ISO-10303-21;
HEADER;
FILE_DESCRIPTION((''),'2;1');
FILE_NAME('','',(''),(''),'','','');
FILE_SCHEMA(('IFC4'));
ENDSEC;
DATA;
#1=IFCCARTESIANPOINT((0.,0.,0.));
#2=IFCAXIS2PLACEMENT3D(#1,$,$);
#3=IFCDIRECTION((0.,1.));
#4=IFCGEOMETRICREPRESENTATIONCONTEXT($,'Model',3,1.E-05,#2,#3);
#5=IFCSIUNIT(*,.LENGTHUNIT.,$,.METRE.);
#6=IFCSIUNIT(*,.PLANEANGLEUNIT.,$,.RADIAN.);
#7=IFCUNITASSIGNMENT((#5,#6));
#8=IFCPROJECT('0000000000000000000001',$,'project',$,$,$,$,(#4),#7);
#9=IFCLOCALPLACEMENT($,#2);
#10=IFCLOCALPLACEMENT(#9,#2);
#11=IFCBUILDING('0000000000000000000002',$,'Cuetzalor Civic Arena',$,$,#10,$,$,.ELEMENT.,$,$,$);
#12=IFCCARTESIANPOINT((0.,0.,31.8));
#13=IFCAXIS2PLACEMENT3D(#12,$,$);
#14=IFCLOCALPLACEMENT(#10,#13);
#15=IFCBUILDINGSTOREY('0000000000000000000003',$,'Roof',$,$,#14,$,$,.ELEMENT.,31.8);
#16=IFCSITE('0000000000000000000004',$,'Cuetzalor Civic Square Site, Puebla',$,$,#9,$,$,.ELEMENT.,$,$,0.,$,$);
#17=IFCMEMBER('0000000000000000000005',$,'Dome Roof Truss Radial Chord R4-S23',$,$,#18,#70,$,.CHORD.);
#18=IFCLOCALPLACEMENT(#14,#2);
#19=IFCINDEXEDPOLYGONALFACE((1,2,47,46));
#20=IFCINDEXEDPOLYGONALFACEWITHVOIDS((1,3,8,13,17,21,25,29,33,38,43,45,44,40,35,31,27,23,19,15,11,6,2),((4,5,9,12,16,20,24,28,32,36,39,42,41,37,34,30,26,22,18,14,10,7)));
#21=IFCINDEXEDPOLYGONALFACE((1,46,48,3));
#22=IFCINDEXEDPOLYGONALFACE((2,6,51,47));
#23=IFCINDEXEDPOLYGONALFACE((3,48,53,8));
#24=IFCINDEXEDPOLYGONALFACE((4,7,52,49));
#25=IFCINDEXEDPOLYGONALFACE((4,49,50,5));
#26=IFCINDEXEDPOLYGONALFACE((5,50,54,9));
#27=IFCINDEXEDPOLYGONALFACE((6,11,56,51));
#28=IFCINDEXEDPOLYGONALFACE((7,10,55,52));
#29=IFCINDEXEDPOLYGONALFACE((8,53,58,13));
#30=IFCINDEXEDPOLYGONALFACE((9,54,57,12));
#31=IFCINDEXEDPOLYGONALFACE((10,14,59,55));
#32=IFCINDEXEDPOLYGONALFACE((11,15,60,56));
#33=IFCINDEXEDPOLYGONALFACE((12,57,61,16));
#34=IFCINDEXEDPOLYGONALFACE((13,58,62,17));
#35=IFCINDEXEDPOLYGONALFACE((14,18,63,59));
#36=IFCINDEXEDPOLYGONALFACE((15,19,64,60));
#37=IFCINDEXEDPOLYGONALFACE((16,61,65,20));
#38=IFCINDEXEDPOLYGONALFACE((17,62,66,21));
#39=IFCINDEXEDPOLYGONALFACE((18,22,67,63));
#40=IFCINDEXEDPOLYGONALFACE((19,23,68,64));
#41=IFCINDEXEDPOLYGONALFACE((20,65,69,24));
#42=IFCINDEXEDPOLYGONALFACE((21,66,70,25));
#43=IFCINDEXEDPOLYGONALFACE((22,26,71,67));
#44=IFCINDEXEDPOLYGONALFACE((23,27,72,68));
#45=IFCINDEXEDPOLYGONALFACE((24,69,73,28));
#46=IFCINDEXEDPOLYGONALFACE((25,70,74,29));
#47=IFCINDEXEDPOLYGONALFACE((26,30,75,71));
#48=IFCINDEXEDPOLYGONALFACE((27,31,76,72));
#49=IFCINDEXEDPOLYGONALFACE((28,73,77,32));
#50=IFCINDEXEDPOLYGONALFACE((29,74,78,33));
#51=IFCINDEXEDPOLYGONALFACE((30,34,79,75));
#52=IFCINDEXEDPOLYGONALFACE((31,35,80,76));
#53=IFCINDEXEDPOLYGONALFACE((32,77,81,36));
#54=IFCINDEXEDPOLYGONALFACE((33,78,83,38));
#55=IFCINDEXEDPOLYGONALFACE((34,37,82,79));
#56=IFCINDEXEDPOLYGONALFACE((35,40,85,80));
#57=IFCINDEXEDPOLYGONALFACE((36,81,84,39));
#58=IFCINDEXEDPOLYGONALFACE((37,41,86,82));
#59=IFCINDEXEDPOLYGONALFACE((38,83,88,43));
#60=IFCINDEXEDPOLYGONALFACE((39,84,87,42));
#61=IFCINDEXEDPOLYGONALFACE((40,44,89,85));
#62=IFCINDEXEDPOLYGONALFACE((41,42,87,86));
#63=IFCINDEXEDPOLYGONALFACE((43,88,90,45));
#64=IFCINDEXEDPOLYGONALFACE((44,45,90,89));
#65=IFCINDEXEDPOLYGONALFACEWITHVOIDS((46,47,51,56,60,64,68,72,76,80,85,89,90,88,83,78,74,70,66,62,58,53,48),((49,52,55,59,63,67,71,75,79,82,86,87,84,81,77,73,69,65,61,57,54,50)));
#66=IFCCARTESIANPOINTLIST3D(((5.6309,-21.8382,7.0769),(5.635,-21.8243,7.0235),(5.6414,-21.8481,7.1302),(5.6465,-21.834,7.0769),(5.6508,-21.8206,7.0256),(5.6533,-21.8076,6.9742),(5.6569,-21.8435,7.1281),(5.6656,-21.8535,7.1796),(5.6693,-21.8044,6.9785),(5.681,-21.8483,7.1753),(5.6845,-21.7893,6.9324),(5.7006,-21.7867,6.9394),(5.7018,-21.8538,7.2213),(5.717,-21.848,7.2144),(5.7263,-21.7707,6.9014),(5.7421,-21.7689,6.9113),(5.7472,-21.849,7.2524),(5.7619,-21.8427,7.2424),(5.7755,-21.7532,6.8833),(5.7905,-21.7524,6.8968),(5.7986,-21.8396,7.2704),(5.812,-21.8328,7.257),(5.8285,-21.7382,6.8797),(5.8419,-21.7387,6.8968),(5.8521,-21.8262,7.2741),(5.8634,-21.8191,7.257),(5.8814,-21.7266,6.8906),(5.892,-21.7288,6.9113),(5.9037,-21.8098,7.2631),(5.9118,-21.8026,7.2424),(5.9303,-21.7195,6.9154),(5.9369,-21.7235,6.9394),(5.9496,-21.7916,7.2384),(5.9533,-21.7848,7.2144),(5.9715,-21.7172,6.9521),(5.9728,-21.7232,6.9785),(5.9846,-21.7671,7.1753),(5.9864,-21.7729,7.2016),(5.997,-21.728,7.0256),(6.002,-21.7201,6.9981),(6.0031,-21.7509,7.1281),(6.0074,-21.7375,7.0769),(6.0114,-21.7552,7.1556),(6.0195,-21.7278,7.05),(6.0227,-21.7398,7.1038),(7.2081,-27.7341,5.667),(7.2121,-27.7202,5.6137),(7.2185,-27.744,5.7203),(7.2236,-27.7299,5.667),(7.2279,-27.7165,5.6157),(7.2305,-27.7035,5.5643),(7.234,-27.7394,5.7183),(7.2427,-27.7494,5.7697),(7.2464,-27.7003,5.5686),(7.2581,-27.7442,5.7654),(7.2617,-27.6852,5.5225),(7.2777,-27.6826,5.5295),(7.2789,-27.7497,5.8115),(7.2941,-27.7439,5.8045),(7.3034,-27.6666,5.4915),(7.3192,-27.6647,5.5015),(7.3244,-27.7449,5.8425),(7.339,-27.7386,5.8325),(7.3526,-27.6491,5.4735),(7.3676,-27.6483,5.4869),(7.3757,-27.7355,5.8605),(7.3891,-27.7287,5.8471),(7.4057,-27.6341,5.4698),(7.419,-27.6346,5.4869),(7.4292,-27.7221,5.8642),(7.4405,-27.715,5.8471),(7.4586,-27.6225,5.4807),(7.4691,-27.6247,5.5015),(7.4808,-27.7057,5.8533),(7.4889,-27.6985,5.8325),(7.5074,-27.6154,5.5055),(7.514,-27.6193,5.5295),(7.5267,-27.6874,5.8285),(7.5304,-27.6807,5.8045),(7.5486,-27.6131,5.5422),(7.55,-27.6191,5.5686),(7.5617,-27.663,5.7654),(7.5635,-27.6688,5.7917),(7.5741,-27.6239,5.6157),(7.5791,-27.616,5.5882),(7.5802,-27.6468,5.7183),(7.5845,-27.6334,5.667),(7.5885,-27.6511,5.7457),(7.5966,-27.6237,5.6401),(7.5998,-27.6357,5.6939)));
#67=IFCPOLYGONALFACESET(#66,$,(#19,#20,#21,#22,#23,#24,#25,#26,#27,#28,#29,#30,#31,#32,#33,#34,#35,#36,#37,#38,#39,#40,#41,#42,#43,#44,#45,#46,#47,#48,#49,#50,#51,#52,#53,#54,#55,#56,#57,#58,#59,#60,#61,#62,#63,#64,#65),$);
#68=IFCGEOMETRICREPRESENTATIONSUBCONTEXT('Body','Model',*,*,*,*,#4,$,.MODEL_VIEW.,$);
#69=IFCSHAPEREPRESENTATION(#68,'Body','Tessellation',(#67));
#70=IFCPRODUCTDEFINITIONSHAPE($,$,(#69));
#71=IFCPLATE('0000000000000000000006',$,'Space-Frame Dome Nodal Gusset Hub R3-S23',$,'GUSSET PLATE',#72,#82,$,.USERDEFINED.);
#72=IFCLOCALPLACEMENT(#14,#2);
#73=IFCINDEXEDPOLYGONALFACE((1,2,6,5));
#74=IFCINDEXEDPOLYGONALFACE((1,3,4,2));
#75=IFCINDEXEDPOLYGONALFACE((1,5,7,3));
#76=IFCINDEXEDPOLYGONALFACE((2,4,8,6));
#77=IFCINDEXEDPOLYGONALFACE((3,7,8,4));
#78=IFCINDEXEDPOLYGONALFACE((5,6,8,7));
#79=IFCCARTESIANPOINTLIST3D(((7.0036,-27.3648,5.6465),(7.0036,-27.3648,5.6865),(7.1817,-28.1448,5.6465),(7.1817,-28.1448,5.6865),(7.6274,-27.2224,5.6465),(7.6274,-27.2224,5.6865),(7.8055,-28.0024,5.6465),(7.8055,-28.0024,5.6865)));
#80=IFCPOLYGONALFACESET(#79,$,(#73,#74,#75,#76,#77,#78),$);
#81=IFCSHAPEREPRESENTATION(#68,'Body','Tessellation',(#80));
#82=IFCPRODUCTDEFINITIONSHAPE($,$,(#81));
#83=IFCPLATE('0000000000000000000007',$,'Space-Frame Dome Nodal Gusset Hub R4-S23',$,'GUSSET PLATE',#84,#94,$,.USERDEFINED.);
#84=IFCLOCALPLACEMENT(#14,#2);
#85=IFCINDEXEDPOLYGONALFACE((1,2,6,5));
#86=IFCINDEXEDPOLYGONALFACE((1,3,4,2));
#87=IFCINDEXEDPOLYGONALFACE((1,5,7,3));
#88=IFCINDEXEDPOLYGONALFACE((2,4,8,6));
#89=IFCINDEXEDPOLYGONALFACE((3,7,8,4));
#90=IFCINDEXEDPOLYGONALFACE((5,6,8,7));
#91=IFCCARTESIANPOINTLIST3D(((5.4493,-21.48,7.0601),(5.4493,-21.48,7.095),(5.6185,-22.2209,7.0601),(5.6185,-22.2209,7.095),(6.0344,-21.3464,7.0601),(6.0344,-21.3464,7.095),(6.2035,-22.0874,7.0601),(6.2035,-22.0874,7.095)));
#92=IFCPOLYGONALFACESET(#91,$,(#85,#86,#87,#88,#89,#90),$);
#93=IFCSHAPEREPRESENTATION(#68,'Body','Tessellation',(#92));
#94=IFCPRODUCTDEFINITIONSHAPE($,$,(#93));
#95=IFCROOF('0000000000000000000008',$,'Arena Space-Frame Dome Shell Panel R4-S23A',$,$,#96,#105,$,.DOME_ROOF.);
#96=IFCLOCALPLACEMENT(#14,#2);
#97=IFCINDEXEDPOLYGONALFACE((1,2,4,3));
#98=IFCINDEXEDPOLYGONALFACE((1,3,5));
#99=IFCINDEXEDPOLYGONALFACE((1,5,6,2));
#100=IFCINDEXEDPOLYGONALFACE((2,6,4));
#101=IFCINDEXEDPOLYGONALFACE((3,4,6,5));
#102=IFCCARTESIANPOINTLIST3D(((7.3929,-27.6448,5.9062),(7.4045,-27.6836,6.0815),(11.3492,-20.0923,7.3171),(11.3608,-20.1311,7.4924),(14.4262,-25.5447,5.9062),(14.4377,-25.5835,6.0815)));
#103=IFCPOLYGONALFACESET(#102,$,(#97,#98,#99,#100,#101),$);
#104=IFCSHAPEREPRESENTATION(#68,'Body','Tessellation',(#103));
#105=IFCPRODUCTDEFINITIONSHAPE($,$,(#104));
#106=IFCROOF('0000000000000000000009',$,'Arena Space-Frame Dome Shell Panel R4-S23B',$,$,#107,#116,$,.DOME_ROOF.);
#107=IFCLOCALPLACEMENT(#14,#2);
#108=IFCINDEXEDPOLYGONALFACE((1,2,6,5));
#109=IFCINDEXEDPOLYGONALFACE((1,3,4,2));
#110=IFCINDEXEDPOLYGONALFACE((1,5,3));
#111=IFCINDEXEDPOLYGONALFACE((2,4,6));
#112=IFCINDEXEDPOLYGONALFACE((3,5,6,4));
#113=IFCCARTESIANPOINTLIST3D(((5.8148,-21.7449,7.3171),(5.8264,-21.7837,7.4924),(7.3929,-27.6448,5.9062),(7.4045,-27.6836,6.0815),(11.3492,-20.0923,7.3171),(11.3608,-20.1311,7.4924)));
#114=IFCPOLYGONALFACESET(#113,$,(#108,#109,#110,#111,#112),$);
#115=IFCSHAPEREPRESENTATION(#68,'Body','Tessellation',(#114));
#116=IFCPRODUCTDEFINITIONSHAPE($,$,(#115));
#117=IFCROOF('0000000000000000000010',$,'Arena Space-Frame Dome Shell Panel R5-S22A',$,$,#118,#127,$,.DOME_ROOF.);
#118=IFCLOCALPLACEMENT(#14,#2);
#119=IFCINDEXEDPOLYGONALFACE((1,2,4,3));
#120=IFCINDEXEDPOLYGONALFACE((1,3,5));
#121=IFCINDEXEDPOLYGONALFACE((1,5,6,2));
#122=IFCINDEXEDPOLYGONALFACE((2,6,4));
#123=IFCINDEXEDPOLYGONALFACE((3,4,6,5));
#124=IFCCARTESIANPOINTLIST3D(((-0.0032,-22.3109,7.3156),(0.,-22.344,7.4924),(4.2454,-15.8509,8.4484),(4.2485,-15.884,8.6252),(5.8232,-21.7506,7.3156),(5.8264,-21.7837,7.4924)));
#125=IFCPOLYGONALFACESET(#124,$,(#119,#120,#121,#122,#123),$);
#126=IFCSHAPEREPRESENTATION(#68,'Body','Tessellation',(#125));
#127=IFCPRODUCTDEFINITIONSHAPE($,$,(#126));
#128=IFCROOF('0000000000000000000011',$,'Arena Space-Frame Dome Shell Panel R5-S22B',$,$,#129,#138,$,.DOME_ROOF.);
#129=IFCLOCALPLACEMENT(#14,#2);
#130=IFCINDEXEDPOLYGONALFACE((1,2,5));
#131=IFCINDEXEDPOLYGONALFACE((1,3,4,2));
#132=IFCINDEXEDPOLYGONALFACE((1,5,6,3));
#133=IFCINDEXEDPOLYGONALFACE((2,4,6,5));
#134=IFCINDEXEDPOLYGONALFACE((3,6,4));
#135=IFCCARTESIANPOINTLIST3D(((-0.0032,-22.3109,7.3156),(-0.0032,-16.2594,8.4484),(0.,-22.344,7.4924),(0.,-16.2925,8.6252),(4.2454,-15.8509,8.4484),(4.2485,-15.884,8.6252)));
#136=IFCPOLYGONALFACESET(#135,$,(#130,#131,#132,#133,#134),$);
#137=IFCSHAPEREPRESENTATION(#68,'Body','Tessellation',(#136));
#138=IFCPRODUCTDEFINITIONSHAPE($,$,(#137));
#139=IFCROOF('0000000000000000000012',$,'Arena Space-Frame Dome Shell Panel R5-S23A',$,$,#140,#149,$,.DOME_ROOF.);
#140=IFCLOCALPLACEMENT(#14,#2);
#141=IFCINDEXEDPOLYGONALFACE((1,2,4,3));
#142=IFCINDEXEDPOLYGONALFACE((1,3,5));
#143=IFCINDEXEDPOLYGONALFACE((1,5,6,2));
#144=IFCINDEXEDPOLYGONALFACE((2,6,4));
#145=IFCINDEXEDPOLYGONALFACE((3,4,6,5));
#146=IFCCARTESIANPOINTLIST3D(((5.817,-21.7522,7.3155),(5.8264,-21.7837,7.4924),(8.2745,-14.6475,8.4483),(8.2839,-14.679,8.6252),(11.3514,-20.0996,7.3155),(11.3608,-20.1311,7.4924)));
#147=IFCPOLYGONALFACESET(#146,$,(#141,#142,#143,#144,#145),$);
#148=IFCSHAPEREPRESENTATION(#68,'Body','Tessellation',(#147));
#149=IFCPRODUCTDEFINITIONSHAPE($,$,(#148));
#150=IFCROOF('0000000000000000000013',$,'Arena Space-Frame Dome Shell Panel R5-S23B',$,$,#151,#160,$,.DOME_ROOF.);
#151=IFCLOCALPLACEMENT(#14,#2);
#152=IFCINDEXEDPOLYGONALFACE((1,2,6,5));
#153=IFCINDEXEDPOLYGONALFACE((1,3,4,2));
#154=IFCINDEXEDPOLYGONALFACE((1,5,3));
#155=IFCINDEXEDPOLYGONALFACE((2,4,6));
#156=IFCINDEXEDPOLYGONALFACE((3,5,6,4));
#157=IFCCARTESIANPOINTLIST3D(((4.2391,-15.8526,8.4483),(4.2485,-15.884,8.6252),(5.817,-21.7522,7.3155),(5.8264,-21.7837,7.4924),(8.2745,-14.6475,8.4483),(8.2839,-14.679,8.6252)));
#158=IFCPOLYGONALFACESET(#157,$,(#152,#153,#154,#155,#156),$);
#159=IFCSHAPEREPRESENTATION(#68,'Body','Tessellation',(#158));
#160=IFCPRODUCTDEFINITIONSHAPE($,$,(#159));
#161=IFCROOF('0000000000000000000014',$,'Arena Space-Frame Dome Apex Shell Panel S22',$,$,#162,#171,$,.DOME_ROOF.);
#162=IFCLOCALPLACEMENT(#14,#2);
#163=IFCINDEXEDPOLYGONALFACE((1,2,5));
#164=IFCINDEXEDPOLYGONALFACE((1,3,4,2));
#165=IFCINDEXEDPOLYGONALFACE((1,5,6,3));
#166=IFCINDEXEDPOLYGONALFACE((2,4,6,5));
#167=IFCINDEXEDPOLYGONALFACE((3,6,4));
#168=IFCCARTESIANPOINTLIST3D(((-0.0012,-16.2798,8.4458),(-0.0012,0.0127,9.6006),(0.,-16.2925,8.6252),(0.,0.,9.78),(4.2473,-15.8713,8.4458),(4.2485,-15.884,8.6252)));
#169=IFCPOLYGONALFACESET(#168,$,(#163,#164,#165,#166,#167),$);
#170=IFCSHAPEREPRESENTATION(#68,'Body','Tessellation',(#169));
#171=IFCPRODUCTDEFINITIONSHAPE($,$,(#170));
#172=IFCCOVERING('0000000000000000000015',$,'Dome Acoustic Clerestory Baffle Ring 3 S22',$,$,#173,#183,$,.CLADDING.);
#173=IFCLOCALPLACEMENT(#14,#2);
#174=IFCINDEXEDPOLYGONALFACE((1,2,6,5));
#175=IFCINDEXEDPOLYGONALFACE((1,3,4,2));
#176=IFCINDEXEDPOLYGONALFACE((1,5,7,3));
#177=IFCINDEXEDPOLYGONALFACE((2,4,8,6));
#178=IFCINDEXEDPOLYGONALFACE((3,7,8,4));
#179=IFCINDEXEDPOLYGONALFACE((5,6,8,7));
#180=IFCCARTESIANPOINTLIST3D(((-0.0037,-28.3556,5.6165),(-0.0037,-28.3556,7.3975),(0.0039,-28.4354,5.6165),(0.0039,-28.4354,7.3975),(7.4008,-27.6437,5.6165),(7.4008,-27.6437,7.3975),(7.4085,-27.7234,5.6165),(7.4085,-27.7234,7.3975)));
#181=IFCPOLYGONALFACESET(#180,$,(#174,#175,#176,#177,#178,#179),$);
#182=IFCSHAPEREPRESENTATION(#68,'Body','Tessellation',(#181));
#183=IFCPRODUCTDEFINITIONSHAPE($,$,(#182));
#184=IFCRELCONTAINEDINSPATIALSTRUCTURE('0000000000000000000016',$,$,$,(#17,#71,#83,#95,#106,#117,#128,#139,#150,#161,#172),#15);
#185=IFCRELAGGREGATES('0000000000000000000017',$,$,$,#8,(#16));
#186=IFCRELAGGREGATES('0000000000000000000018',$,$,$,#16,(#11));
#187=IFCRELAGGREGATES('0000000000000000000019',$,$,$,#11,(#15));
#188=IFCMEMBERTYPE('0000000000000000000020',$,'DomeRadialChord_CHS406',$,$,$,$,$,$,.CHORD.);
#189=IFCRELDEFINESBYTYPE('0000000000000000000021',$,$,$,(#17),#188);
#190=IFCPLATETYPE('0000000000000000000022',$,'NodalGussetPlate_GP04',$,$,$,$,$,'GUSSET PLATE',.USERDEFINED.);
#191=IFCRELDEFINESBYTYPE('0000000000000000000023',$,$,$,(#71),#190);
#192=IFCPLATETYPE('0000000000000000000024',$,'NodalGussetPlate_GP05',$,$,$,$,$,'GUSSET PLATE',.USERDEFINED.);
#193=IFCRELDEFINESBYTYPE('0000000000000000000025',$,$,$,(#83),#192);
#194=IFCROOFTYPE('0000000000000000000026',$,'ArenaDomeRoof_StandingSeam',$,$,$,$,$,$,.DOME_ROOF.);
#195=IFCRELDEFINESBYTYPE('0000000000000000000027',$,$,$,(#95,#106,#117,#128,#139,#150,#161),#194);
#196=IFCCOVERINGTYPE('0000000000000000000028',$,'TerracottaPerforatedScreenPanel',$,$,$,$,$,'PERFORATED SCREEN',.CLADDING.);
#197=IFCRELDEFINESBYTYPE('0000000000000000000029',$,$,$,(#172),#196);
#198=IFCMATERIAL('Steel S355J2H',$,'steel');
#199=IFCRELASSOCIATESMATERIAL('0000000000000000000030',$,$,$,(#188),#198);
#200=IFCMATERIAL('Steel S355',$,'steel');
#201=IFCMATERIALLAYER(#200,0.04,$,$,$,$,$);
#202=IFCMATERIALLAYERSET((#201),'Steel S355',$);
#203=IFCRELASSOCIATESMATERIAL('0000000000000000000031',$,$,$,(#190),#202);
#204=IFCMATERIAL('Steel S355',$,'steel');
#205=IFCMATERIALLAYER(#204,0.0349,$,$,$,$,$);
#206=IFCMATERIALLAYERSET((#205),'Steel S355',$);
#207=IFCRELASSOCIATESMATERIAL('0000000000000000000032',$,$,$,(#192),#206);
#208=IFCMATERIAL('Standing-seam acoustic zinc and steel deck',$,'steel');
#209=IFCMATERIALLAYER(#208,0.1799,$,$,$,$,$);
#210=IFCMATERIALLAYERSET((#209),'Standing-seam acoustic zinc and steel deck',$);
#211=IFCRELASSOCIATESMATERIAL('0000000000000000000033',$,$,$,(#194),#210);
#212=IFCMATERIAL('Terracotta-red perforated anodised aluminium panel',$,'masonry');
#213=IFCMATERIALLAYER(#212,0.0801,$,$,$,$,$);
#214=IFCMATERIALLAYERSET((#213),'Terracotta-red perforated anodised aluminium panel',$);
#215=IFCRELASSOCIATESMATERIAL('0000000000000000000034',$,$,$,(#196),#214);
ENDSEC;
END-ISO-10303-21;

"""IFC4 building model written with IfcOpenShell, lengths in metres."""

from ifc_helpers import new_model, si_unit, direction, frame, frame_2d, origin, origin_2d, place, context, subcontext, project, spatial, polyline, rectangle, hollow_circle, outline, extrude, material, layer, layer_set, material_profile, profile_set, type_object, element, save


model = new_model("IFC4")

# Units and contexts
model_context = context("Model", 3, precision=1e-05, world=origin(), true_north=direction((0.0, 1.0)))
body_context = subcontext(model_context, "Body", "Model", "MODEL_VIEW")
ifc_project = project(units=[si_unit("LENGTHUNIT", "METRE"), si_unit("PLANEANGLEUNIT", "RADIAN")], contexts=[model_context])

# Site, building, storey
site_placement = place(None, origin())
site = spatial("IfcSite", under=ifc_project, at=site_placement, Name="Cuetzalor Civic Square Site, Puebla", CompositionType="ELEMENT", RefElevation=0.0)
building_placement = place(site_placement, origin())
building = spatial("IfcBuilding", under=site, at=building_placement, Name="Cuetzalor Civic Arena", CompositionType="ELEMENT")
storey_placement = place(building_placement, frame((0.0, 0.0, 31.8)))
storey = spatial("IfcBuildingStorey", under=building, at=storey_placement, Name="Roof", CompositionType="ELEMENT", Elevation=31.8)

# Member
ifc_material_1 = material(Name="Steel S355J2H", Category="steel")
ifc_material_profile_1 = material_profile(ifc_material_1, hollow_circle(Radius=0.2029, WallThickness=0.0161, at=origin_2d()), Name="CHS 406x16")
ifc_profile_set_1 = profile_set([ifc_material_profile_1], Name="Steel S355J2H")
member_type_1 = type_object("IfcMemberType", Name="DomeRadialChord_CHS406", PredefinedType="CHORD", material=ifc_profile_set_1)
member_1_placement = place(storey_placement, frame((7.4041, -27.6816, 5.667), z_axis=(-0.251779, 0.941247, 0.225081), x_axis=(-0.966035, -0.258409, 0.0)))
element("IfcMember", 1, at=member_1_placement, inside=storey, type_object=member_type_1, Name="Dome Roof Truss Radial Chord R4-S23", PredefinedType="CHORD", context=body_context, shape_type="SweptSolid", body=[
    extrude(hollow_circle(Radius=0.2029, WallThickness=0.0161, at=origin_2d()), origin(), (0.0, 0.0, 1.0), 6.2639),
])

# Plates
ifc_material_2 = material(Name="Steel S355", Category="steel")
ifc_layer_1 = layer(ifc_material_2, 0.04)
ifc_layer_set_1 = layer_set([ifc_layer_1], Name="Steel S355")
plate_type_1 = type_object("IfcPlateType", Name="NodalGussetPlate_GP04", ElementType="GUSSET PLATE", PredefinedType="USERDEFINED", material=ifc_layer_set_1)
plate_1_placement = place(storey_placement, frame((7.4045, -27.6836, 5.6465), z_axis=(0.0, 0.0, 1.0), x_axis=(0.22257, -0.974917, 0.0)))
element("IfcPlate", 2, at=plate_1_placement, inside=storey, type_object=plate_type_1, Name="Space-Frame Dome Nodal Gusset Hub R3-S23", ObjectType="GUSSET PLATE", PredefinedType="USERDEFINED", context=body_context, shape_type="SweptSolid", body=[
    extrude(rectangle(XDim=0.8, YDim=0.6399, at=origin_2d()), origin(), (0.0, 0.0, 1.0), 0.04),
])
ifc_material_3 = material(Name="Steel S355", Category="steel")
ifc_layer_2 = layer(ifc_material_3, 0.0349)
ifc_layer_set_2 = layer_set([ifc_layer_2], Name="Steel S355")
plate_type_2 = type_object("IfcPlateType", Name="NodalGussetPlate_GP05", ElementType="GUSSET PLATE", PredefinedType="USERDEFINED", material=ifc_layer_set_2)
plate_2_placement = place(storey_placement, frame((5.8264, -21.7837, 7.0601), z_axis=(0.0, 0.0, 1.0), x_axis=(0.22257, -0.974917, 0.0)))
element("IfcPlate", 3, at=plate_2_placement, inside=storey, type_object=plate_type_2, Name="Space-Frame Dome Nodal Gusset Hub R4-S23", ObjectType="GUSSET PLATE", PredefinedType="USERDEFINED", context=body_context, shape_type="SweptSolid", body=[
    extrude(rectangle(XDim=0.76, YDim=0.6001, at=origin_2d()), origin(), (0.0, 0.0, 1.0), 0.0349),
])

# Roofs
ifc_material_4 = material(Name="Standing-seam acoustic zinc and steel deck", Category="steel")
ifc_layer_3 = layer(ifc_material_4, 0.1799)
ifc_layer_set_3 = layer_set([ifc_layer_3], Name="Standing-seam acoustic zinc and steel deck")
roof_type = type_object("IfcRoofType", Name="ArenaDomeRoof_StandingSeam", PredefinedType="DOME_ROOF", material=ifc_layer_set_3)
roof_1_placement = place(storey_placement, frame((7.4045, -27.6836, 6.0815), z_axis=(0.064426, -0.215762, 0.974318), x_axis=(0.958195, 0.286115, 0.0)))
element("IfcRoof", 4, at=roof_1_placement, inside=storey, type_object=roof_type, Name="Arena Space-Frame Dome Shell Panel R4-S23A", PredefinedType="DOME_ROOF", context=body_context, shape_type="SweptSolid", body=[
    extrude(outline(polyline([(0.0, 0.0), (7.3401, 0.0), (5.9518, 6.2657), (0.0, 0.0)])), origin(), (0.0, 0.0, -1.0), 0.1799),
])
roof_2_placement = place(storey_placement, frame((7.4045, -27.6836, 6.0815), z_axis=(0.064427, -0.215763, 0.974318), x_axis=(0.457803, 0.873935, 0.163261)))
element("IfcRoof", 5, at=roof_2_placement, inside=storey, type_object=roof_type, Name="Arena Space-Frame Dome Shell Panel R4-S23B", PredefinedType="DOME_ROOF", context=body_context, shape_type="SweptSolid", body=[
    extrude(outline(polyline([(0.0, 0.0), (8.6419, 0.0), (4.664, 4.1877), (0.0, 0.0)])), origin(), (0.0, 0.0, -1.0), 0.1799),
])
roof_3_placement = place(storey_placement, frame((0.0, -22.344, 7.4924), z_axis=(0.017692, -0.183973, 0.982772), x_axis=(0.995408, 0.095724, 0.0)))
element("IfcRoof", 6, at=roof_3_placement, inside=storey, type_object=roof_type, Name="Arena Space-Frame Dome Shell Panel R5-S22A", PredefinedType="DOME_ROOF", context=body_context, shape_type="SweptSolid", body=[
    extrude(outline(polyline([(0.0, 0.0), (5.8533, 0.0), (4.8474, 6.1292), (0.0, 0.0)])), origin(), (0.0, 0.0, -1.0), 0.1799),
])
roof_4_placement = place(storey_placement, frame((0.0, -22.344, 7.4924), z_axis=(0.017687, -0.18397, 0.982773), x_axis=(0.543682, 0.826677, 0.144965)))
element("IfcRoof", 7, at=roof_4_placement, inside=storey, type_object=roof_type, Name="Arena Space-Frame Dome Shell Panel R5-S22B", PredefinedType="DOME_ROOF", context=body_context, shape_type="SweptSolid", body=[
    extrude(outline(polyline([(0.0, 0.0), (7.8144, 0.0), (5.1669, 3.3478), (0.0, 0.0)])), origin(), (0.0, 0.0, -1.0), 0.1799),
])
roof_5_placement = place(storey_placement, frame((5.8264, -21.7837, 7.4924), z_axis=(0.052203, -0.174825, 0.983215), x_axis=(0.958194, 0.286118, 0.0)))
element("IfcRoof", 8, at=roof_5_placement, inside=storey, type_object=roof_type, Name="Arena Space-Frame Dome Shell Panel R5-S23A", PredefinedType="DOME_ROOF", context=body_context, shape_type="SweptSolid", body=[
    extrude(outline(polyline([(0.0, 0.0), (5.7759, 0.0), (4.3876, 6.2088), (0.0, 0.0)])), origin(), (0.0, 0.0, -1.0), 0.1799),
])
roof_6_placement = place(storey_placement, frame((5.8264, -21.7837, 7.4924), z_axis=(0.052208, -0.174827, 0.983214), x_axis=(0.323246, 0.934511, 0.149003)))
element("IfcRoof", 9, at=roof_6_placement, inside=storey, type_object=roof_type, Name="Arena Space-Frame Dome Shell Panel R5-S23B", PredefinedType="DOME_ROOF", context=body_context, shape_type="SweptSolid", body=[
    extrude(outline(polyline([(0.0, 0.0), (7.6026, 0.0), (5.172, 3.4393), (0.0, 0.0)])), origin(), (0.0, 0.0, -1.0), 0.1799),
])
roof_7_placement = place(storey_placement, frame((0.0, -16.2925, 8.6252), z_axis=(0.006797, -0.070699, 0.997475), x_axis=(0.99541, 0.095697, 0.0)))
element("IfcRoof", 10, at=roof_7_placement, inside=storey, type_object=roof_type, Name="Arena Space-Frame Dome Apex Shell Panel S22", PredefinedType="DOME_ROOF", context=body_context, shape_type="SweptSolid", body=[
    extrude(outline(polyline([(0.0, 0.0), (4.2681, 0.0), (1.5591, 16.2588), (0.0, 0.0)])), origin(), (0.0, 0.0, -1.0), 0.1799),
])

# Covering
ifc_material_5 = material(Name="Terracotta-red perforated anodised aluminium panel", Category="masonry")
ifc_layer_4 = layer(ifc_material_5, 0.0801)
ifc_layer_set_4 = layer_set([ifc_layer_4], Name="Terracotta-red perforated anodised aluminium panel")
covering_type = type_object("IfcCoveringType", Name="TerracottaPerforatedScreenPanel", ElementType="PERFORATED SCREEN", PredefinedType="CLADDING", material=ifc_layer_set_4)
covering_1_placement = place(storey_placement, frame((7.4045, -27.6836, 5.6165), z_axis=(0.0, 0.0, 1.0), x_axis=(-0.99541, -0.095704, 0.0)))
element("IfcCovering", 11, at=covering_1_placement, inside=storey, type_object=covering_type, Name="Dome Acoustic Clerestory Baffle Ring 3 S22", PredefinedType="CLADDING", context=body_context, shape_type="SweptSolid", body=[
    extrude(rectangle(XDim=7.4387, YDim=0.0801, at=frame_2d((3.7192, 0.0))), origin(), (0.0, 0.0, 1.0), 1.781),
])

save(model, "model.ifc")
